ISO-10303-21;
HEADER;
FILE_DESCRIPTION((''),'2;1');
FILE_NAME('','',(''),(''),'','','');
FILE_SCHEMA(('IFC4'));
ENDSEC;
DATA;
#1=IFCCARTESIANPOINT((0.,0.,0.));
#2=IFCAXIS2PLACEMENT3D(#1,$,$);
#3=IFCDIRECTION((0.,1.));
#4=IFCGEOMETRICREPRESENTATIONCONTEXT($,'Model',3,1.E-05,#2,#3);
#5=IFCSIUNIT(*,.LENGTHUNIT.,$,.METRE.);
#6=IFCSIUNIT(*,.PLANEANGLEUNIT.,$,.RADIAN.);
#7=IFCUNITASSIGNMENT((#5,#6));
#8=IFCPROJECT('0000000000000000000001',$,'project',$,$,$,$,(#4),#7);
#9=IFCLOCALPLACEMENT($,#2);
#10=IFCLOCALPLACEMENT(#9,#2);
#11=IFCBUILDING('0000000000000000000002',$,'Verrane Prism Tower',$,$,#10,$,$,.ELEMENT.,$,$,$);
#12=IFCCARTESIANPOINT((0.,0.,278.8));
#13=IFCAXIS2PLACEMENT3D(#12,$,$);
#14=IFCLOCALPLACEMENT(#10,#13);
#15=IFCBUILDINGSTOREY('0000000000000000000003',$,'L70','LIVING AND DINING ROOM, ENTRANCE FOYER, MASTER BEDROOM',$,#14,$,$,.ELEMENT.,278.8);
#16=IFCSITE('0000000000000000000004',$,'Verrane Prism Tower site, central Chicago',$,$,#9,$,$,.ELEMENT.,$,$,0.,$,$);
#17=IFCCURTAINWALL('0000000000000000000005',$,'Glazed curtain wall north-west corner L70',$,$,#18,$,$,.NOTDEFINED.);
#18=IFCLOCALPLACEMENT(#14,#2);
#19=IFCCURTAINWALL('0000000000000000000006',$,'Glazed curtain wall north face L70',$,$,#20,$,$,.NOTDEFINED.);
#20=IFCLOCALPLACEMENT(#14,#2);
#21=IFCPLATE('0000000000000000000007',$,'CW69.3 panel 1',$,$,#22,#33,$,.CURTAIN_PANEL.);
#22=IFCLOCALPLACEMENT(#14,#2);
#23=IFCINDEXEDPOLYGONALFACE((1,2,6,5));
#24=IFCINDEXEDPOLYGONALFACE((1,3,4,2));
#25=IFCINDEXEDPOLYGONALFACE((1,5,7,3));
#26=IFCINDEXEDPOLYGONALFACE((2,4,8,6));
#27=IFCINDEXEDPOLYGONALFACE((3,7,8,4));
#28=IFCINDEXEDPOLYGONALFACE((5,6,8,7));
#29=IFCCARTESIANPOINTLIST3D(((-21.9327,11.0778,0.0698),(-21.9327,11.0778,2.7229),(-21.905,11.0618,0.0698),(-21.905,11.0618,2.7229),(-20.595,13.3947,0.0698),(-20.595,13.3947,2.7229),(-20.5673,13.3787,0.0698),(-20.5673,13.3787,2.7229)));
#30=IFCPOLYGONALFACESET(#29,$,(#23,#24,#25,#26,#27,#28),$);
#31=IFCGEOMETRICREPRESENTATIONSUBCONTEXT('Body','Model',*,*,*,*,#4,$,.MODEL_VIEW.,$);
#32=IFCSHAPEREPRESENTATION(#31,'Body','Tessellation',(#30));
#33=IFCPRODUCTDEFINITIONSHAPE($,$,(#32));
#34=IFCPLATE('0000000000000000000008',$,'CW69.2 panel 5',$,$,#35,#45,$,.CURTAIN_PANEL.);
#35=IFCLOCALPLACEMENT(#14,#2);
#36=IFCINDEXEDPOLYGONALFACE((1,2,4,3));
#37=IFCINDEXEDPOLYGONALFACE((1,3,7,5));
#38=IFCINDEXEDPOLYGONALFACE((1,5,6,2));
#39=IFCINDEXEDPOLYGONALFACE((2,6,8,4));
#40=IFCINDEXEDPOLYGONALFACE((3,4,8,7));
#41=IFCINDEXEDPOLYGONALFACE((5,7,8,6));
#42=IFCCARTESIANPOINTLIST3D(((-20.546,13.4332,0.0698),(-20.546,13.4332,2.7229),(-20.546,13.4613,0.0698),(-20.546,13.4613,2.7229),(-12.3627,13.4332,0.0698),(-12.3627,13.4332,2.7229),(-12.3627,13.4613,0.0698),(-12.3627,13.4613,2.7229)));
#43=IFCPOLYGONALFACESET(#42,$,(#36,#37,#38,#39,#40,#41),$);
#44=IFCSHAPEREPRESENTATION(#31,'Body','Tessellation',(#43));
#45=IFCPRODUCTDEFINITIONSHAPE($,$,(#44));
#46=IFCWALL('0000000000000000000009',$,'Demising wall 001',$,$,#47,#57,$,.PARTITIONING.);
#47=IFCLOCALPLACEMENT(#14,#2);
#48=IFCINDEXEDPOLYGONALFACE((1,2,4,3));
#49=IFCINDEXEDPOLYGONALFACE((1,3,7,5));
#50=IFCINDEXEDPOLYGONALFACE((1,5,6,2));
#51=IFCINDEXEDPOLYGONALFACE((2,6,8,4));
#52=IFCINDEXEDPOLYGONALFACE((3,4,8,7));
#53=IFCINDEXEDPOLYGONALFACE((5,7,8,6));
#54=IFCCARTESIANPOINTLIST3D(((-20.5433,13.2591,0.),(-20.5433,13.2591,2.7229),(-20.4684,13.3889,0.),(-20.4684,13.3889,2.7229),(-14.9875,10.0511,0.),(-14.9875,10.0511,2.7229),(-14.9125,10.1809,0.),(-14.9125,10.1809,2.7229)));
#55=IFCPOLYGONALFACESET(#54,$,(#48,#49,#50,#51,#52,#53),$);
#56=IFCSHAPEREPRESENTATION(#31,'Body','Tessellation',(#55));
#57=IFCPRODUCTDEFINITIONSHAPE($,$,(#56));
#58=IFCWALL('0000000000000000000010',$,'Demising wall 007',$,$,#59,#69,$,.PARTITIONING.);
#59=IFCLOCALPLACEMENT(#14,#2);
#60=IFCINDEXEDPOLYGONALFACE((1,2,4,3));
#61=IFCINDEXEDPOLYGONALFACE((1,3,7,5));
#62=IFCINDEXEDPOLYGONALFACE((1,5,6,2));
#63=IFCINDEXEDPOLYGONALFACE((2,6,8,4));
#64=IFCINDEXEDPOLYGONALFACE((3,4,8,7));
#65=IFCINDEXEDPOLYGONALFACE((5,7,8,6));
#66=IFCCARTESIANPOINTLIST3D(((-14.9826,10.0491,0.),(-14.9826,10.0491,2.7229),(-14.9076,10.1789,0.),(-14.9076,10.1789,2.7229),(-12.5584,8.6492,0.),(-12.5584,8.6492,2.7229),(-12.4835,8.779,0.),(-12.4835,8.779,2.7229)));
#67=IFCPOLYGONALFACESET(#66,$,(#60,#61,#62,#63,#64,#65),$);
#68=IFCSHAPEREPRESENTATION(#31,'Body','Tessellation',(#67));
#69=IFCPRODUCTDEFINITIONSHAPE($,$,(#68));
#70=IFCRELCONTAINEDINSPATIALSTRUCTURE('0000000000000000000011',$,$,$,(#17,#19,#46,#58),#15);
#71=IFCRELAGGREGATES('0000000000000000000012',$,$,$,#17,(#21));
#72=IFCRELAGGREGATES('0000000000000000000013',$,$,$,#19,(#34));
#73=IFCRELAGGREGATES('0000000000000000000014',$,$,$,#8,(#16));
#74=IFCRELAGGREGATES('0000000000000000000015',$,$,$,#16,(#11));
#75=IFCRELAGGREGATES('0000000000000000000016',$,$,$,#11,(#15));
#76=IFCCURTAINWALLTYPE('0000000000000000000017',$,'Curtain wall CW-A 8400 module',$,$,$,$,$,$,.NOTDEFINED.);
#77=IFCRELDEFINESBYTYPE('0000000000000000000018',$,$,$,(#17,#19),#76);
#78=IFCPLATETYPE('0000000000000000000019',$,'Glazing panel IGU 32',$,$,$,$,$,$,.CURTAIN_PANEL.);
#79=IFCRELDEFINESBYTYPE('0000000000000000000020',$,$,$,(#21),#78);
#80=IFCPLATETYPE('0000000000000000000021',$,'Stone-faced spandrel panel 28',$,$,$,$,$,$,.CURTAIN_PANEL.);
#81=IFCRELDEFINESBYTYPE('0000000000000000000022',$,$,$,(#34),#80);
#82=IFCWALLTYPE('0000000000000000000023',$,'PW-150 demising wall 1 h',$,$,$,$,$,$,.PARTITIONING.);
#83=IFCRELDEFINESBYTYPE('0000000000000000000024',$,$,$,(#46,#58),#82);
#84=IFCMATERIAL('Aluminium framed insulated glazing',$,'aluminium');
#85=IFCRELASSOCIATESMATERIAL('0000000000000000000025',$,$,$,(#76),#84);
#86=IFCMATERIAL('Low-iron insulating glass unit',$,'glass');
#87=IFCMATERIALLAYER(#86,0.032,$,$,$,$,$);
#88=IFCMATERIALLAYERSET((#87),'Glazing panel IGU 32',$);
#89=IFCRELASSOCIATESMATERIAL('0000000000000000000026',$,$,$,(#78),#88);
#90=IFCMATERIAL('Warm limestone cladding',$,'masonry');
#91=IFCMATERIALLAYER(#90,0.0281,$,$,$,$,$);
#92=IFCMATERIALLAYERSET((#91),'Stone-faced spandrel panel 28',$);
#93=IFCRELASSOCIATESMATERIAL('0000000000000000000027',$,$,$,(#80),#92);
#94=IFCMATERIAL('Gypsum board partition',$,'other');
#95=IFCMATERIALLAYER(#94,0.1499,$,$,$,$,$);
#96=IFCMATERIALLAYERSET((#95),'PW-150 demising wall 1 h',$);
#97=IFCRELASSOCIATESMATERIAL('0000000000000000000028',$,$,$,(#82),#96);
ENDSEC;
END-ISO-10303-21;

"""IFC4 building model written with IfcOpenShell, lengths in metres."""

from ifc_helpers import new_model, si_unit, direction, frame, frame_2d, origin, origin_2d, place, context, subcontext, project, spatial, rectangle, extrude, material, layer, layer_set, type_object, element, aggregate, save


model = new_model("IFC4")

# Units and contexts
model_context = context("Model", 3, precision=1e-05, world=origin(), true_north=direction((0.0, 1.0)))
body_context = subcontext(model_context, "Body", "Model", "MODEL_VIEW")
ifc_project = project(units=[si_unit("LENGTHUNIT", "METRE"), si_unit("PLANEANGLEUNIT", "RADIAN")], contexts=[model_context])

# Site, building, storey
site_placement = place(None, origin())
site = spatial("IfcSite", under=ifc_project, at=site_placement, Name="Verrane Prism Tower site, central Chicago", CompositionType="ELEMENT", RefElevation=0.0)
building_placement = place(site_placement, origin())
building = spatial("IfcBuilding", under=site, at=building_placement, Name="Verrane Prism Tower", CompositionType="ELEMENT")
storey_placement = place(building_placement, frame((0.0, 0.0, 278.8)))
storey = spatial("IfcBuildingStorey", under=building, at=storey_placement, Name="L70", Description="LIVING AND DINING ROOM, ENTRANCE FOYER, MASTER BEDROOM", CompositionType="ELEMENT", Elevation=278.8)

# Curtain wall
ifc_material_1 = material(Name="Aluminium framed insulated glazing", Category="aluminium")
curtain_wall_type = type_object("IfcCurtainWallType", Name="Curtain wall CW-A 8400 module", PredefinedType="NOTDEFINED", material=ifc_material_1)
curtain_wall_1_placement = place(storey_placement, origin())
curtain_wall_1 = element("IfcCurtainWall", 1, at=curtain_wall_1_placement, inside=storey, type_object=curtain_wall_type, Name="Glazed curtain wall north-west corner L70", PredefinedType="NOTDEFINED")

# Curtain wall
curtain_wall_2_placement = place(storey_placement, origin())
curtain_wall_2 = element("IfcCurtainWall", 2, at=curtain_wall_2_placement, inside=storey, type_object=curtain_wall_type, Name="Glazed curtain wall north face L70", PredefinedType="NOTDEFINED")

# Plates
ifc_material_2 = material(Name="Low-iron insulating glass unit", Category="glass")
ifc_layer_1 = layer(ifc_material_2, 0.032)
ifc_layer_set_1 = layer_set([ifc_layer_1], Name="Glazing panel IGU 32")
plate_type_1 = type_object("IfcPlateType", Name="Glazing panel IGU 32", PredefinedType="CURTAIN_PANEL", material=ifc_layer_set_1)
plate_1_placement = place(storey_placement, frame((-21.25, 12.2283, 0.0698), z_axis=(0.0, 0.0, 1.0), x_axis=(-0.500002, -0.866024, 0.0)))
plate_1 = element("IfcPlate", 3, at=plate_1_placement, type_object=plate_type_1, Name="CW69.3 panel 1", PredefinedType="CURTAIN_PANEL", context=body_context, shape_type="SweptSolid", body=[
    extrude(rectangle(XDim=2.6753, YDim=0.032, at=origin_2d()), origin(), (0.0, 0.0, 1.0), 2.6531),
])
aggregate(curtain_wall_1, [plate_1])
ifc_material_3 = material(Name="Warm limestone cladding", Category="masonry")
ifc_layer_2 = layer(ifc_material_3, 0.0281)
ifc_layer_set_2 = layer_set([ifc_layer_2], Name="Stone-faced spandrel panel 28")
plate_type_2 = type_object("IfcPlateType", Name="Stone-faced spandrel panel 28", PredefinedType="CURTAIN_PANEL", material=ifc_layer_set_2)
plate_2_placement = place(storey_placement, frame((-16.4543, 13.4473, 0.0698), z_axis=(0.0, 0.0, 1.0), x_axis=(-1.0, 0.0, 0.0)))
plate_2 = element("IfcPlate", 4, at=plate_2_placement, type_object=plate_type_2, Name="CW69.2 panel 5", PredefinedType="CURTAIN_PANEL", context=body_context, shape_type="SweptSolid", body=[
    extrude(rectangle(XDim=8.1833, YDim=0.0281, at=origin_2d()), origin(), (0.0, 0.0, 1.0), 2.6531),
])
aggregate(curtain_wall_2, [plate_2])

# Walls
ifc_material_4 = material(Name="Gypsum board partition", Category="other")
ifc_layer_3 = layer(ifc_material_4, 0.1499)
ifc_layer_set_3 = layer_set([ifc_layer_3], Name="PW-150 demising wall 1 h")
wall_type = type_object("IfcWallType", Name="PW-150 demising wall 1 h", PredefinedType="PARTITIONING", material=ifc_layer_set_3)
wall_1_placement = place(storey_placement, frame((-20.5059, 13.324, 0.0), z_axis=(0.0, 0.0, 1.0), x_axis=(0.866005, -0.500035, 0.0)))
element("IfcWall", 5, at=wall_1_placement, inside=storey, type_object=wall_type, Name="Demising wall 001", PredefinedType="PARTITIONING", context=body_context, shape_type="SweptSolid", body=[
    extrude(rectangle(XDim=6.4155, YDim=0.1499, at=frame_2d((3.2078, 0.0))), origin(), (0.0, 0.0, 1.0), 2.7229),
])
wall_2_placement = place(storey_placement, frame((-14.9451, 10.114, 0.0), z_axis=(0.0, 0.0, 1.0), x_axis=(0.865969, -0.500097, 0.0)))
element("IfcWall", 6, at=wall_2_placement, inside=storey, type_object=wall_type, Name="Demising wall 007", PredefinedType="PARTITIONING", context=body_context, shape_type="SweptSolid", body=[
    extrude(rectangle(XDim=2.7993, YDim=0.1499, at=frame_2d((1.3997, 0.0))), origin(), (0.0, 0.0, 1.0), 2.7229),
])

save(model, "model.ifc")
